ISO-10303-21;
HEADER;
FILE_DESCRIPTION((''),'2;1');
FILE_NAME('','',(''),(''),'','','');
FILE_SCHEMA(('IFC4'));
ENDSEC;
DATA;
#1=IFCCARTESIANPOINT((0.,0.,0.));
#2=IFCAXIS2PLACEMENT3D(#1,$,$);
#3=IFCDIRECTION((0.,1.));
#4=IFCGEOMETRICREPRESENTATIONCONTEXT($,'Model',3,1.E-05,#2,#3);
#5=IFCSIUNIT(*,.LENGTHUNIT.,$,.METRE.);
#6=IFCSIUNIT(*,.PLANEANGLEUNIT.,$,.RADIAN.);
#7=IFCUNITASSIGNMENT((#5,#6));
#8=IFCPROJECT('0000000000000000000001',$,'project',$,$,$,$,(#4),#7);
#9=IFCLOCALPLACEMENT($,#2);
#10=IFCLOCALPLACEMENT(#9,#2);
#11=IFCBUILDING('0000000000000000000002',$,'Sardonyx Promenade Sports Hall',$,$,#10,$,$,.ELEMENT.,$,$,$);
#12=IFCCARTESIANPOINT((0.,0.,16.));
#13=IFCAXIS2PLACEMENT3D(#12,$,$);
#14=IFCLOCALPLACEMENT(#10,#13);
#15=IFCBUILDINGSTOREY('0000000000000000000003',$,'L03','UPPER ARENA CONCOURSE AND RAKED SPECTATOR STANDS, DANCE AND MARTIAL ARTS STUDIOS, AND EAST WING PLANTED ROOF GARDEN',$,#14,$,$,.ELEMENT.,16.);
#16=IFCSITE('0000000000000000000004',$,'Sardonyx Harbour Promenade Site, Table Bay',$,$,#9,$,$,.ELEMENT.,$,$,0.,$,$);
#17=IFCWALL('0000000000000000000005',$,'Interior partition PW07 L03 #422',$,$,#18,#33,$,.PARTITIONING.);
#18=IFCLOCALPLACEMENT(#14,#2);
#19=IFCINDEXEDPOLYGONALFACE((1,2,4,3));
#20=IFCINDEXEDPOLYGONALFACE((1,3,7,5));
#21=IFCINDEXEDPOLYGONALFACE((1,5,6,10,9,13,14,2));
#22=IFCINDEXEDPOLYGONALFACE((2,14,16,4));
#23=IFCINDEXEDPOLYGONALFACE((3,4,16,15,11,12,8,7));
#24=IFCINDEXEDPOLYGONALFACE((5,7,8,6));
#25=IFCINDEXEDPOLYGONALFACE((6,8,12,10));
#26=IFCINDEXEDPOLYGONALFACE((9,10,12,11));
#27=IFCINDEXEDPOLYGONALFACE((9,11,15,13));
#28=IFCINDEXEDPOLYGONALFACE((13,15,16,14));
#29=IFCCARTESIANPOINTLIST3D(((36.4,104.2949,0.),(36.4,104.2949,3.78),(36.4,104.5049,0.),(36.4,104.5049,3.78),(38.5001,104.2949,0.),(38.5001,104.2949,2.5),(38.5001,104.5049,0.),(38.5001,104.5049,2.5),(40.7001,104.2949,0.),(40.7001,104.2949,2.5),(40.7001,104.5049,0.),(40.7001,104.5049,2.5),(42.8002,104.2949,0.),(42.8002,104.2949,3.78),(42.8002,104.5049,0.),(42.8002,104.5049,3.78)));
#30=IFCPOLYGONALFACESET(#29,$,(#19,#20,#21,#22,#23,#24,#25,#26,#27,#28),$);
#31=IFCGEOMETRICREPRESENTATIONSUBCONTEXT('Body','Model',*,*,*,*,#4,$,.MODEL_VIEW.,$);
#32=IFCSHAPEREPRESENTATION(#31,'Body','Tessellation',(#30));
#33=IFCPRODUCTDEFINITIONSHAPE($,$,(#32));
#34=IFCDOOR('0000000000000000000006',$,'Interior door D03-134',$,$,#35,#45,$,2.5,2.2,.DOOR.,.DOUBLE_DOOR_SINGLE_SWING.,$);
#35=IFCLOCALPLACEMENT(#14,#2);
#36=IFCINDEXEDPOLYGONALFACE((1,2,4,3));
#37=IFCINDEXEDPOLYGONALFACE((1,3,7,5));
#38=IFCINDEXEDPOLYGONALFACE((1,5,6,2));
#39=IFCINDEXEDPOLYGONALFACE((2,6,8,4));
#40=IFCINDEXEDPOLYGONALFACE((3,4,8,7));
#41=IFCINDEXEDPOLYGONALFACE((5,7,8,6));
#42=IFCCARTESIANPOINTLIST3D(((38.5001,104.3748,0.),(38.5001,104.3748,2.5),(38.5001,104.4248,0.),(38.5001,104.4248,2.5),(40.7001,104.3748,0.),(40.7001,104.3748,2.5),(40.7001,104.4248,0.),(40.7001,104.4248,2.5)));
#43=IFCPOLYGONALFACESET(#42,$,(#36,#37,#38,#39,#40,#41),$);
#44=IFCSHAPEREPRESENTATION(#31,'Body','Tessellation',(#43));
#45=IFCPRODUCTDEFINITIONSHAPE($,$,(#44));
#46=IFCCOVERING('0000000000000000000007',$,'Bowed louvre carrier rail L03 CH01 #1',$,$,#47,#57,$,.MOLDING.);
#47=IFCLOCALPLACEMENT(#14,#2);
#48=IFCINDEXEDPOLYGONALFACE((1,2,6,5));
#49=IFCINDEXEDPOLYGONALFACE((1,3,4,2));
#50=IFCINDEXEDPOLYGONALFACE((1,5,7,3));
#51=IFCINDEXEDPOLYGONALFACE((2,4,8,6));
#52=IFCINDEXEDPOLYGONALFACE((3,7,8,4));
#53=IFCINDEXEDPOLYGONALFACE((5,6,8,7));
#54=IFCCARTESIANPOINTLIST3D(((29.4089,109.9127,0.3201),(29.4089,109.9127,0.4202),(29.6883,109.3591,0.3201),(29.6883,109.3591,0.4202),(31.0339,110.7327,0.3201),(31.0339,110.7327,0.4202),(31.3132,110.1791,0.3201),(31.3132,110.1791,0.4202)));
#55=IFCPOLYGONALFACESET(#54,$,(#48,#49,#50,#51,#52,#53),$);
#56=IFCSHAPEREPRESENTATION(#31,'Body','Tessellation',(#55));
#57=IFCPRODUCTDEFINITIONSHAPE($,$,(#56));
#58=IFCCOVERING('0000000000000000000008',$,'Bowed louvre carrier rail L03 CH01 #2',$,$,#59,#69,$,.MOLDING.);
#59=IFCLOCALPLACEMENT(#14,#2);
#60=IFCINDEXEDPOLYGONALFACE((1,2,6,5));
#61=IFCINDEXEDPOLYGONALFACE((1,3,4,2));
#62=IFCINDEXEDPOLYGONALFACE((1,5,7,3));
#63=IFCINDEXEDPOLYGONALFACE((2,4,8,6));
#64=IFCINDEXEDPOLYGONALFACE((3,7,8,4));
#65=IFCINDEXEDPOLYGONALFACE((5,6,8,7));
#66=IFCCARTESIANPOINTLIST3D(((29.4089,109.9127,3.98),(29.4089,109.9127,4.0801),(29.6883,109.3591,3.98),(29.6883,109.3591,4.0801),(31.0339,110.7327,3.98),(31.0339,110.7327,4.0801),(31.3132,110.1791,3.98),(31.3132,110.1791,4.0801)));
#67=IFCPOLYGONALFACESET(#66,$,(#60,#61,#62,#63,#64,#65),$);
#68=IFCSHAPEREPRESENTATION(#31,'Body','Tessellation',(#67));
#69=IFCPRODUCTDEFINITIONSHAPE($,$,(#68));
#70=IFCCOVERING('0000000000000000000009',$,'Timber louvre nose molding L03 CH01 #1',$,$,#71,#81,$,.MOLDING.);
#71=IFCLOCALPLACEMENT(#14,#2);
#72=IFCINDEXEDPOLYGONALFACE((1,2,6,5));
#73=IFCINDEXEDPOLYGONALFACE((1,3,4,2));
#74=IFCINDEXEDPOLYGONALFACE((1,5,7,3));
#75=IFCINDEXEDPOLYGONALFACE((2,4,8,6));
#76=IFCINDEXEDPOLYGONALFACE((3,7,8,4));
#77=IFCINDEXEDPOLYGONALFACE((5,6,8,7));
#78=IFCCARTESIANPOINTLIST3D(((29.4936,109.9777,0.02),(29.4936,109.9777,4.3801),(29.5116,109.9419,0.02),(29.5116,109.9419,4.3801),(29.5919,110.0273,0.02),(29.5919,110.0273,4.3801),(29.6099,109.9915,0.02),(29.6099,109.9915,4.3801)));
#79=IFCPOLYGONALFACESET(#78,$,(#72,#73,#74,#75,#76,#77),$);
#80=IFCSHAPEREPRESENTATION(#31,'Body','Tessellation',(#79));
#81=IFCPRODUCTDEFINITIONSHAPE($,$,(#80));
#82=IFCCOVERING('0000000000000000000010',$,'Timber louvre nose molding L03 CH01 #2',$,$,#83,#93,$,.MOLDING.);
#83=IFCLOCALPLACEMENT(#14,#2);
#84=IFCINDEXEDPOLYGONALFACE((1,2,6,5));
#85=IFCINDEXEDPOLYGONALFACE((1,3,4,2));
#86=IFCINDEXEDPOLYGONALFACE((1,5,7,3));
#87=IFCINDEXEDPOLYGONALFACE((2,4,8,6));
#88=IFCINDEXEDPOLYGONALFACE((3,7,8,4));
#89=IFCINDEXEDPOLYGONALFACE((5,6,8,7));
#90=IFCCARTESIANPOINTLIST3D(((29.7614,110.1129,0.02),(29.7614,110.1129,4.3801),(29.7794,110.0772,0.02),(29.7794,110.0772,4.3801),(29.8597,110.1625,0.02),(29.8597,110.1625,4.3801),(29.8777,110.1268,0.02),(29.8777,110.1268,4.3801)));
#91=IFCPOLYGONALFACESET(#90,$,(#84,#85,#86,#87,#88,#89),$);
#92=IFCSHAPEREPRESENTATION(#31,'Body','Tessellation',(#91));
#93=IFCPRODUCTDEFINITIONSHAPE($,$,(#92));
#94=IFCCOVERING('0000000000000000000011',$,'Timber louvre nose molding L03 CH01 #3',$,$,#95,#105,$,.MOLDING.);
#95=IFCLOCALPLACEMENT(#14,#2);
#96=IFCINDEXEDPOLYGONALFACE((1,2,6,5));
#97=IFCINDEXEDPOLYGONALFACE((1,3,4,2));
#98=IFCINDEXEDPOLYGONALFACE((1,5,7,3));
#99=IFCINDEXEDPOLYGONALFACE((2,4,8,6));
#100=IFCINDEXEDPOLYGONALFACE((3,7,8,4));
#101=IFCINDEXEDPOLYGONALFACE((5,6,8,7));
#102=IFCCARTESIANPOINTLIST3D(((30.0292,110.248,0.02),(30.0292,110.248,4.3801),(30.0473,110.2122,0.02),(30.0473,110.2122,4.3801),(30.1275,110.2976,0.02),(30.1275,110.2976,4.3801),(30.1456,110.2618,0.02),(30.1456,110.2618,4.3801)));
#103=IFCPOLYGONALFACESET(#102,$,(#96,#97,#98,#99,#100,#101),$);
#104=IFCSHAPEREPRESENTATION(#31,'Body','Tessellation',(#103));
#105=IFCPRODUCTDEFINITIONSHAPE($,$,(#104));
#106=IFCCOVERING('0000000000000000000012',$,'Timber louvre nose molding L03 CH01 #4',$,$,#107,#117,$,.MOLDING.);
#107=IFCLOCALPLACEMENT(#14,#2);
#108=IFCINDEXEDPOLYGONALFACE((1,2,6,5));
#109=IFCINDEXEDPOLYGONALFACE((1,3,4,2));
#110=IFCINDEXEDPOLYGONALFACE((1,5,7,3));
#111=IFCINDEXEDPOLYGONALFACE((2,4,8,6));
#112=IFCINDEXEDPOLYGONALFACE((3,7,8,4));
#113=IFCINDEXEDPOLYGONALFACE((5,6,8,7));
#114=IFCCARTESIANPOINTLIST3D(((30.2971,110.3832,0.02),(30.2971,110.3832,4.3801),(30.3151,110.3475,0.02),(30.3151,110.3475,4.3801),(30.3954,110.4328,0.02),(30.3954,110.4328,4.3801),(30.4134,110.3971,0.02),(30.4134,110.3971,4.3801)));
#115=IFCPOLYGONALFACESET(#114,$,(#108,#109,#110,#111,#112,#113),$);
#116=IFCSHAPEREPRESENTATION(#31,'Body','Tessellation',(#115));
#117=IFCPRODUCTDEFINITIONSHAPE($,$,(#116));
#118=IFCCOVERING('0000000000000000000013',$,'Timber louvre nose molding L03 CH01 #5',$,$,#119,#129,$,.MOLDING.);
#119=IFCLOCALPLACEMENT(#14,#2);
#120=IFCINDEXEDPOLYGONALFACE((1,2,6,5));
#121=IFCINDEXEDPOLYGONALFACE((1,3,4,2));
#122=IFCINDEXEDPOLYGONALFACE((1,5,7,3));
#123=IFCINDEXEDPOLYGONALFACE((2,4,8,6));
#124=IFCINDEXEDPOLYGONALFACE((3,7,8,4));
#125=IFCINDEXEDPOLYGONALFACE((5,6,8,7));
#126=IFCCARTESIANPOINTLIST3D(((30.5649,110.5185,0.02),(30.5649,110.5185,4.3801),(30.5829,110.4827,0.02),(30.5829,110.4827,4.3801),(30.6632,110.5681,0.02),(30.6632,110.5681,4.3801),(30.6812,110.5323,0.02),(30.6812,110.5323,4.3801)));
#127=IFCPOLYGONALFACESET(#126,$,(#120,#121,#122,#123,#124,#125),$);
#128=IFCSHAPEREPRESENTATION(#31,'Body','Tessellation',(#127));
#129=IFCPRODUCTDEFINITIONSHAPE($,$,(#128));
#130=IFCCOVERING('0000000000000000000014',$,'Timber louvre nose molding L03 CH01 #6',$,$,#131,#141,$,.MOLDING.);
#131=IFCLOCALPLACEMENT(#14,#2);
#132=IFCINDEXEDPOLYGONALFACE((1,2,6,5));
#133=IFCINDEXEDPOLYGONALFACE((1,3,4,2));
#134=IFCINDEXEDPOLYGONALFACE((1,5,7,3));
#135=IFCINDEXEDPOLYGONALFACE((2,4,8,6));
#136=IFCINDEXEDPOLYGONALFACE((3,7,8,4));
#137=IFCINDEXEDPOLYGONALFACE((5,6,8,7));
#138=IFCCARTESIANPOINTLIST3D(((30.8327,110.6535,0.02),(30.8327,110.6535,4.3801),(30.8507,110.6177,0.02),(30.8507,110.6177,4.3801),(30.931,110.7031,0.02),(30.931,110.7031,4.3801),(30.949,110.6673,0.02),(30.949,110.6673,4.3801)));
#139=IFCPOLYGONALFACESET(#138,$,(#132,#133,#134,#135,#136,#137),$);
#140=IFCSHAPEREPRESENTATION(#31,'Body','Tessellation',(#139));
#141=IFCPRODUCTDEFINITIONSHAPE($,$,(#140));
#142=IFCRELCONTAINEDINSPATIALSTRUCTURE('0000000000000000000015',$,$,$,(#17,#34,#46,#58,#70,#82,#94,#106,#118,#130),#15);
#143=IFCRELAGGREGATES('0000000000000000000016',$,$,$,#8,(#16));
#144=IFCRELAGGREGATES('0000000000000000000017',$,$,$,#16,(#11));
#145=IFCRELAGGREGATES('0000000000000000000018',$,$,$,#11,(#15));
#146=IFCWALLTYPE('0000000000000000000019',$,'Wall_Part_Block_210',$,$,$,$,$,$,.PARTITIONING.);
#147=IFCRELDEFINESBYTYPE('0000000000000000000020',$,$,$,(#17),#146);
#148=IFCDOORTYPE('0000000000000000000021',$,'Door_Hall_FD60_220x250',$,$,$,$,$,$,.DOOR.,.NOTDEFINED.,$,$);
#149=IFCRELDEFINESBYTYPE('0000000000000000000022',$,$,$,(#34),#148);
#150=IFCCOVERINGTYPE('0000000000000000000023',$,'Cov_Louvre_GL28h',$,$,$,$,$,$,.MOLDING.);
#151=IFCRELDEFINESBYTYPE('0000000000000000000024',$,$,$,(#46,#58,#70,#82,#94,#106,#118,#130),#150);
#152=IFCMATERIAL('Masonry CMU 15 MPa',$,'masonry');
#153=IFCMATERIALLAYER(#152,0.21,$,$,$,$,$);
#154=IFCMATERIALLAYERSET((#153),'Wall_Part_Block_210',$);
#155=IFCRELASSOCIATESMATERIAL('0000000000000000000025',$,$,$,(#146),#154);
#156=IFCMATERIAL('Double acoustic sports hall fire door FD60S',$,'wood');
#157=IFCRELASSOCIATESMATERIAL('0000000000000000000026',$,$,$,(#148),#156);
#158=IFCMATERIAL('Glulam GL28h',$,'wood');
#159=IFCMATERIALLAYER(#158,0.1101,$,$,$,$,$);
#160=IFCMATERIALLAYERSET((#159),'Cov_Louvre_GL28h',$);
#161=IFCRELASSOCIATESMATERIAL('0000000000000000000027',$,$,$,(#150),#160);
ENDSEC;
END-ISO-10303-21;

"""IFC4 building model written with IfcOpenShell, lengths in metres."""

from ifc_helpers import new_model, si_unit, direction, frame, frame_2d, origin, origin_2d, place, context, subcontext, project, spatial, rectangle, extrude, material, layer, layer_set, type_object, element, fill, save


model = new_model("IFC4")

# Units and contexts
model_context = context("Model", 3, precision=1e-05, world=origin(), true_north=direction((0.0, 1.0)))
body_context = subcontext(model_context, "Body", "Model", "MODEL_VIEW")
ifc_project = project(units=[si_unit("LENGTHUNIT", "METRE"), si_unit("PLANEANGLEUNIT", "RADIAN")], contexts=[model_context])

# Site, building, storey
site_placement = place(None, origin())
site = spatial("IfcSite", under=ifc_project, at=site_placement, Name="Sardonyx Harbour Promenade Site, Table Bay", CompositionType="ELEMENT", RefElevation=0.0)
building_placement = place(site_placement, origin())
building = spatial("IfcBuilding", under=site, at=building_placement, Name="Sardonyx Promenade Sports Hall", CompositionType="ELEMENT")
storey_placement = place(building_placement, frame((0.0, 0.0, 16.0)))
storey = spatial("IfcBuildingStorey", under=building, at=storey_placement, Name="L03", Description="UPPER ARENA CONCOURSE AND RAKED SPECTATOR STANDS, DANCE AND MARTIAL ARTS STUDIOS, AND EAST WING PLANTED ROOF GARDEN", CompositionType="ELEMENT", Elevation=16.0)

# Wall, opening, door
ifc_material_1 = material(Name="Masonry CMU 15 MPa", Category="masonry")
ifc_layer_1 = layer(ifc_material_1, 0.21)
ifc_layer_set_1 = layer_set([ifc_layer_1], Name="Wall_Part_Block_210")
wall_type_1 = type_object("IfcWallType", Name="Wall_Part_Block_210", PredefinedType="PARTITIONING", material=ifc_layer_set_1)
wall_1_placement = place(storey_placement, frame((36.3999, 104.3999, 0.0), z_axis=(0.0, 0.0, 1.0), x_axis=(1.0, 0.0, 0.0)))
wall_1 = element("IfcWall", 1, at=wall_1_placement, inside=storey, type_object=wall_type_1, Name="Interior partition PW07 L03 #422", PredefinedType="PARTITIONING", context=body_context, shape_type="SweptSolid", body=[
    extrude(rectangle(XDim=6.4001, YDim=0.21, at=frame_2d((3.2002, 0.0))), origin(), (0.0, 0.0, 1.0), 3.78),
])
opening_1_placement = place(wall_1_placement, frame((2.1001, 0.0, 0.0)))
opening_1 = element("IfcOpeningElement", 2, at=opening_1_placement, cuts=wall_1, PredefinedType="OPENING", context=body_context, shape_type="SweptSolid", body=[
    extrude(rectangle(XDim=2.2, YDim=2.5, at=frame_2d((1.1001, 1.25))), frame((0.0, 0.115, 0.0), z_axis=(0.0, -1.0, 0.0), x_axis=(1.0, 0.0, 0.0)), (0.0, 0.0, 1.0), 0.23),
])
ifc_material_2 = material(Name="Double acoustic sports hall fire door FD60S", Category="wood")
door_type = type_object("IfcDoorType", Name="Door_Hall_FD60_220x250", OperationType="NOTDEFINED", PredefinedType="DOOR", material=ifc_material_2)
door_placement = place(opening_1_placement, origin())
door = element("IfcDoor", 3, at=door_placement, inside=storey, type_object=door_type, Name="Interior door D03-134", OperationType="DOUBLE_DOOR_SINGLE_SWING", OverallHeight=2.5, OverallWidth=2.2, PredefinedType="DOOR", context=body_context, shape_type="SweptSolid", body=[
    extrude(rectangle(XDim=2.2, YDim=2.5, at=frame_2d((1.1001, 1.25))), frame((0.0, 0.0249, 0.0), z_axis=(0.0, -1.0, 0.0), x_axis=(1.0, 0.0, 0.0)), (0.0, 0.0, 1.0), 0.05),
])
fill(opening_1, door)

# Coverings
ifc_material_3 = material(Name="Glulam GL28h", Category="wood")
ifc_layer_2 = layer(ifc_material_3, 0.1101)
ifc_layer_set_2 = layer_set([ifc_layer_2], Name="Cov_Louvre_GL28h")
covering_type = type_object("IfcCoveringType", Name="Cov_Louvre_GL28h", PredefinedType="MOLDING", material=ifc_layer_set_2)
for number, where, z_axis, x_axis, name in (
    (4, (30.3611, 110.0459, 0.3201), (0.0, 0.0, 1.0), (0.892774, 0.450505, 0.0), "Bowed louvre carrier rail L03 CH01 #1"),
    (5, (30.3611, 110.0459, 3.98), (0.0, 0.0, 1.0), (0.892774, 0.450505, 0.0), "Bowed louvre carrier rail L03 CH01 #2"),
):
    element("IfcCovering", number, at=place(storey_placement, frame(where, z_axis=z_axis, x_axis=x_axis)), inside=storey, type_object=covering_type, Name=name, PredefinedType="MOLDING", context=body_context, shape_type="SweptSolid", body=[
        extrude(rectangle(XDim=1.8201, YDim=0.6201, at=origin_2d()), origin(), (0.0, 0.0, 1.0), 0.1001),
    ])
for number, where, z_axis, x_axis, name in (
    (6, (29.5518, 109.9846, 0.02), (0.0, 0.0, 1.0), (0.892774, 0.450505, 0.0), "Timber louvre nose molding L03 CH01 #1"),
    (7, (29.8196, 110.1199, 0.02), (0.0, 0.0, 1.0), (0.892774, 0.450505, 0.0), "Timber louvre nose molding L03 CH01 #2"),
    (8, (30.0874, 110.2549, 0.02), (0.0, 0.0, 1.0), (0.892774, 0.450505, 0.0), "Timber louvre nose molding L03 CH01 #3"),
    (9, (30.3552, 110.3901, 0.02), (0.0, 0.0, 1.0), (0.892774, 0.450505, 0.0), "Timber louvre nose molding L03 CH01 #4"),
    (10, (30.623, 110.5254, 0.02), (0.0, 0.0, 1.0), (0.892774, 0.450505, 0.0), "Timber louvre nose molding L03 CH01 #5"),
    (11, (30.8909, 110.6604, 0.02), (0.0, 0.0, 1.0), (0.892774, 0.450505, 0.0), "Timber louvre nose molding L03 CH01 #6"),
):
    element("IfcCovering", number, at=place(storey_placement, frame(where, z_axis=z_axis, x_axis=x_axis)), inside=storey, type_object=covering_type, Name=name, PredefinedType="MOLDING", context=body_context, shape_type="SweptSolid", body=[
        extrude(rectangle(XDim=0.1101, YDim=0.04, at=origin_2d()), origin(), (0.0, 0.0, 1.0), 4.3601),
    ])

save(model, "model.ifc")
